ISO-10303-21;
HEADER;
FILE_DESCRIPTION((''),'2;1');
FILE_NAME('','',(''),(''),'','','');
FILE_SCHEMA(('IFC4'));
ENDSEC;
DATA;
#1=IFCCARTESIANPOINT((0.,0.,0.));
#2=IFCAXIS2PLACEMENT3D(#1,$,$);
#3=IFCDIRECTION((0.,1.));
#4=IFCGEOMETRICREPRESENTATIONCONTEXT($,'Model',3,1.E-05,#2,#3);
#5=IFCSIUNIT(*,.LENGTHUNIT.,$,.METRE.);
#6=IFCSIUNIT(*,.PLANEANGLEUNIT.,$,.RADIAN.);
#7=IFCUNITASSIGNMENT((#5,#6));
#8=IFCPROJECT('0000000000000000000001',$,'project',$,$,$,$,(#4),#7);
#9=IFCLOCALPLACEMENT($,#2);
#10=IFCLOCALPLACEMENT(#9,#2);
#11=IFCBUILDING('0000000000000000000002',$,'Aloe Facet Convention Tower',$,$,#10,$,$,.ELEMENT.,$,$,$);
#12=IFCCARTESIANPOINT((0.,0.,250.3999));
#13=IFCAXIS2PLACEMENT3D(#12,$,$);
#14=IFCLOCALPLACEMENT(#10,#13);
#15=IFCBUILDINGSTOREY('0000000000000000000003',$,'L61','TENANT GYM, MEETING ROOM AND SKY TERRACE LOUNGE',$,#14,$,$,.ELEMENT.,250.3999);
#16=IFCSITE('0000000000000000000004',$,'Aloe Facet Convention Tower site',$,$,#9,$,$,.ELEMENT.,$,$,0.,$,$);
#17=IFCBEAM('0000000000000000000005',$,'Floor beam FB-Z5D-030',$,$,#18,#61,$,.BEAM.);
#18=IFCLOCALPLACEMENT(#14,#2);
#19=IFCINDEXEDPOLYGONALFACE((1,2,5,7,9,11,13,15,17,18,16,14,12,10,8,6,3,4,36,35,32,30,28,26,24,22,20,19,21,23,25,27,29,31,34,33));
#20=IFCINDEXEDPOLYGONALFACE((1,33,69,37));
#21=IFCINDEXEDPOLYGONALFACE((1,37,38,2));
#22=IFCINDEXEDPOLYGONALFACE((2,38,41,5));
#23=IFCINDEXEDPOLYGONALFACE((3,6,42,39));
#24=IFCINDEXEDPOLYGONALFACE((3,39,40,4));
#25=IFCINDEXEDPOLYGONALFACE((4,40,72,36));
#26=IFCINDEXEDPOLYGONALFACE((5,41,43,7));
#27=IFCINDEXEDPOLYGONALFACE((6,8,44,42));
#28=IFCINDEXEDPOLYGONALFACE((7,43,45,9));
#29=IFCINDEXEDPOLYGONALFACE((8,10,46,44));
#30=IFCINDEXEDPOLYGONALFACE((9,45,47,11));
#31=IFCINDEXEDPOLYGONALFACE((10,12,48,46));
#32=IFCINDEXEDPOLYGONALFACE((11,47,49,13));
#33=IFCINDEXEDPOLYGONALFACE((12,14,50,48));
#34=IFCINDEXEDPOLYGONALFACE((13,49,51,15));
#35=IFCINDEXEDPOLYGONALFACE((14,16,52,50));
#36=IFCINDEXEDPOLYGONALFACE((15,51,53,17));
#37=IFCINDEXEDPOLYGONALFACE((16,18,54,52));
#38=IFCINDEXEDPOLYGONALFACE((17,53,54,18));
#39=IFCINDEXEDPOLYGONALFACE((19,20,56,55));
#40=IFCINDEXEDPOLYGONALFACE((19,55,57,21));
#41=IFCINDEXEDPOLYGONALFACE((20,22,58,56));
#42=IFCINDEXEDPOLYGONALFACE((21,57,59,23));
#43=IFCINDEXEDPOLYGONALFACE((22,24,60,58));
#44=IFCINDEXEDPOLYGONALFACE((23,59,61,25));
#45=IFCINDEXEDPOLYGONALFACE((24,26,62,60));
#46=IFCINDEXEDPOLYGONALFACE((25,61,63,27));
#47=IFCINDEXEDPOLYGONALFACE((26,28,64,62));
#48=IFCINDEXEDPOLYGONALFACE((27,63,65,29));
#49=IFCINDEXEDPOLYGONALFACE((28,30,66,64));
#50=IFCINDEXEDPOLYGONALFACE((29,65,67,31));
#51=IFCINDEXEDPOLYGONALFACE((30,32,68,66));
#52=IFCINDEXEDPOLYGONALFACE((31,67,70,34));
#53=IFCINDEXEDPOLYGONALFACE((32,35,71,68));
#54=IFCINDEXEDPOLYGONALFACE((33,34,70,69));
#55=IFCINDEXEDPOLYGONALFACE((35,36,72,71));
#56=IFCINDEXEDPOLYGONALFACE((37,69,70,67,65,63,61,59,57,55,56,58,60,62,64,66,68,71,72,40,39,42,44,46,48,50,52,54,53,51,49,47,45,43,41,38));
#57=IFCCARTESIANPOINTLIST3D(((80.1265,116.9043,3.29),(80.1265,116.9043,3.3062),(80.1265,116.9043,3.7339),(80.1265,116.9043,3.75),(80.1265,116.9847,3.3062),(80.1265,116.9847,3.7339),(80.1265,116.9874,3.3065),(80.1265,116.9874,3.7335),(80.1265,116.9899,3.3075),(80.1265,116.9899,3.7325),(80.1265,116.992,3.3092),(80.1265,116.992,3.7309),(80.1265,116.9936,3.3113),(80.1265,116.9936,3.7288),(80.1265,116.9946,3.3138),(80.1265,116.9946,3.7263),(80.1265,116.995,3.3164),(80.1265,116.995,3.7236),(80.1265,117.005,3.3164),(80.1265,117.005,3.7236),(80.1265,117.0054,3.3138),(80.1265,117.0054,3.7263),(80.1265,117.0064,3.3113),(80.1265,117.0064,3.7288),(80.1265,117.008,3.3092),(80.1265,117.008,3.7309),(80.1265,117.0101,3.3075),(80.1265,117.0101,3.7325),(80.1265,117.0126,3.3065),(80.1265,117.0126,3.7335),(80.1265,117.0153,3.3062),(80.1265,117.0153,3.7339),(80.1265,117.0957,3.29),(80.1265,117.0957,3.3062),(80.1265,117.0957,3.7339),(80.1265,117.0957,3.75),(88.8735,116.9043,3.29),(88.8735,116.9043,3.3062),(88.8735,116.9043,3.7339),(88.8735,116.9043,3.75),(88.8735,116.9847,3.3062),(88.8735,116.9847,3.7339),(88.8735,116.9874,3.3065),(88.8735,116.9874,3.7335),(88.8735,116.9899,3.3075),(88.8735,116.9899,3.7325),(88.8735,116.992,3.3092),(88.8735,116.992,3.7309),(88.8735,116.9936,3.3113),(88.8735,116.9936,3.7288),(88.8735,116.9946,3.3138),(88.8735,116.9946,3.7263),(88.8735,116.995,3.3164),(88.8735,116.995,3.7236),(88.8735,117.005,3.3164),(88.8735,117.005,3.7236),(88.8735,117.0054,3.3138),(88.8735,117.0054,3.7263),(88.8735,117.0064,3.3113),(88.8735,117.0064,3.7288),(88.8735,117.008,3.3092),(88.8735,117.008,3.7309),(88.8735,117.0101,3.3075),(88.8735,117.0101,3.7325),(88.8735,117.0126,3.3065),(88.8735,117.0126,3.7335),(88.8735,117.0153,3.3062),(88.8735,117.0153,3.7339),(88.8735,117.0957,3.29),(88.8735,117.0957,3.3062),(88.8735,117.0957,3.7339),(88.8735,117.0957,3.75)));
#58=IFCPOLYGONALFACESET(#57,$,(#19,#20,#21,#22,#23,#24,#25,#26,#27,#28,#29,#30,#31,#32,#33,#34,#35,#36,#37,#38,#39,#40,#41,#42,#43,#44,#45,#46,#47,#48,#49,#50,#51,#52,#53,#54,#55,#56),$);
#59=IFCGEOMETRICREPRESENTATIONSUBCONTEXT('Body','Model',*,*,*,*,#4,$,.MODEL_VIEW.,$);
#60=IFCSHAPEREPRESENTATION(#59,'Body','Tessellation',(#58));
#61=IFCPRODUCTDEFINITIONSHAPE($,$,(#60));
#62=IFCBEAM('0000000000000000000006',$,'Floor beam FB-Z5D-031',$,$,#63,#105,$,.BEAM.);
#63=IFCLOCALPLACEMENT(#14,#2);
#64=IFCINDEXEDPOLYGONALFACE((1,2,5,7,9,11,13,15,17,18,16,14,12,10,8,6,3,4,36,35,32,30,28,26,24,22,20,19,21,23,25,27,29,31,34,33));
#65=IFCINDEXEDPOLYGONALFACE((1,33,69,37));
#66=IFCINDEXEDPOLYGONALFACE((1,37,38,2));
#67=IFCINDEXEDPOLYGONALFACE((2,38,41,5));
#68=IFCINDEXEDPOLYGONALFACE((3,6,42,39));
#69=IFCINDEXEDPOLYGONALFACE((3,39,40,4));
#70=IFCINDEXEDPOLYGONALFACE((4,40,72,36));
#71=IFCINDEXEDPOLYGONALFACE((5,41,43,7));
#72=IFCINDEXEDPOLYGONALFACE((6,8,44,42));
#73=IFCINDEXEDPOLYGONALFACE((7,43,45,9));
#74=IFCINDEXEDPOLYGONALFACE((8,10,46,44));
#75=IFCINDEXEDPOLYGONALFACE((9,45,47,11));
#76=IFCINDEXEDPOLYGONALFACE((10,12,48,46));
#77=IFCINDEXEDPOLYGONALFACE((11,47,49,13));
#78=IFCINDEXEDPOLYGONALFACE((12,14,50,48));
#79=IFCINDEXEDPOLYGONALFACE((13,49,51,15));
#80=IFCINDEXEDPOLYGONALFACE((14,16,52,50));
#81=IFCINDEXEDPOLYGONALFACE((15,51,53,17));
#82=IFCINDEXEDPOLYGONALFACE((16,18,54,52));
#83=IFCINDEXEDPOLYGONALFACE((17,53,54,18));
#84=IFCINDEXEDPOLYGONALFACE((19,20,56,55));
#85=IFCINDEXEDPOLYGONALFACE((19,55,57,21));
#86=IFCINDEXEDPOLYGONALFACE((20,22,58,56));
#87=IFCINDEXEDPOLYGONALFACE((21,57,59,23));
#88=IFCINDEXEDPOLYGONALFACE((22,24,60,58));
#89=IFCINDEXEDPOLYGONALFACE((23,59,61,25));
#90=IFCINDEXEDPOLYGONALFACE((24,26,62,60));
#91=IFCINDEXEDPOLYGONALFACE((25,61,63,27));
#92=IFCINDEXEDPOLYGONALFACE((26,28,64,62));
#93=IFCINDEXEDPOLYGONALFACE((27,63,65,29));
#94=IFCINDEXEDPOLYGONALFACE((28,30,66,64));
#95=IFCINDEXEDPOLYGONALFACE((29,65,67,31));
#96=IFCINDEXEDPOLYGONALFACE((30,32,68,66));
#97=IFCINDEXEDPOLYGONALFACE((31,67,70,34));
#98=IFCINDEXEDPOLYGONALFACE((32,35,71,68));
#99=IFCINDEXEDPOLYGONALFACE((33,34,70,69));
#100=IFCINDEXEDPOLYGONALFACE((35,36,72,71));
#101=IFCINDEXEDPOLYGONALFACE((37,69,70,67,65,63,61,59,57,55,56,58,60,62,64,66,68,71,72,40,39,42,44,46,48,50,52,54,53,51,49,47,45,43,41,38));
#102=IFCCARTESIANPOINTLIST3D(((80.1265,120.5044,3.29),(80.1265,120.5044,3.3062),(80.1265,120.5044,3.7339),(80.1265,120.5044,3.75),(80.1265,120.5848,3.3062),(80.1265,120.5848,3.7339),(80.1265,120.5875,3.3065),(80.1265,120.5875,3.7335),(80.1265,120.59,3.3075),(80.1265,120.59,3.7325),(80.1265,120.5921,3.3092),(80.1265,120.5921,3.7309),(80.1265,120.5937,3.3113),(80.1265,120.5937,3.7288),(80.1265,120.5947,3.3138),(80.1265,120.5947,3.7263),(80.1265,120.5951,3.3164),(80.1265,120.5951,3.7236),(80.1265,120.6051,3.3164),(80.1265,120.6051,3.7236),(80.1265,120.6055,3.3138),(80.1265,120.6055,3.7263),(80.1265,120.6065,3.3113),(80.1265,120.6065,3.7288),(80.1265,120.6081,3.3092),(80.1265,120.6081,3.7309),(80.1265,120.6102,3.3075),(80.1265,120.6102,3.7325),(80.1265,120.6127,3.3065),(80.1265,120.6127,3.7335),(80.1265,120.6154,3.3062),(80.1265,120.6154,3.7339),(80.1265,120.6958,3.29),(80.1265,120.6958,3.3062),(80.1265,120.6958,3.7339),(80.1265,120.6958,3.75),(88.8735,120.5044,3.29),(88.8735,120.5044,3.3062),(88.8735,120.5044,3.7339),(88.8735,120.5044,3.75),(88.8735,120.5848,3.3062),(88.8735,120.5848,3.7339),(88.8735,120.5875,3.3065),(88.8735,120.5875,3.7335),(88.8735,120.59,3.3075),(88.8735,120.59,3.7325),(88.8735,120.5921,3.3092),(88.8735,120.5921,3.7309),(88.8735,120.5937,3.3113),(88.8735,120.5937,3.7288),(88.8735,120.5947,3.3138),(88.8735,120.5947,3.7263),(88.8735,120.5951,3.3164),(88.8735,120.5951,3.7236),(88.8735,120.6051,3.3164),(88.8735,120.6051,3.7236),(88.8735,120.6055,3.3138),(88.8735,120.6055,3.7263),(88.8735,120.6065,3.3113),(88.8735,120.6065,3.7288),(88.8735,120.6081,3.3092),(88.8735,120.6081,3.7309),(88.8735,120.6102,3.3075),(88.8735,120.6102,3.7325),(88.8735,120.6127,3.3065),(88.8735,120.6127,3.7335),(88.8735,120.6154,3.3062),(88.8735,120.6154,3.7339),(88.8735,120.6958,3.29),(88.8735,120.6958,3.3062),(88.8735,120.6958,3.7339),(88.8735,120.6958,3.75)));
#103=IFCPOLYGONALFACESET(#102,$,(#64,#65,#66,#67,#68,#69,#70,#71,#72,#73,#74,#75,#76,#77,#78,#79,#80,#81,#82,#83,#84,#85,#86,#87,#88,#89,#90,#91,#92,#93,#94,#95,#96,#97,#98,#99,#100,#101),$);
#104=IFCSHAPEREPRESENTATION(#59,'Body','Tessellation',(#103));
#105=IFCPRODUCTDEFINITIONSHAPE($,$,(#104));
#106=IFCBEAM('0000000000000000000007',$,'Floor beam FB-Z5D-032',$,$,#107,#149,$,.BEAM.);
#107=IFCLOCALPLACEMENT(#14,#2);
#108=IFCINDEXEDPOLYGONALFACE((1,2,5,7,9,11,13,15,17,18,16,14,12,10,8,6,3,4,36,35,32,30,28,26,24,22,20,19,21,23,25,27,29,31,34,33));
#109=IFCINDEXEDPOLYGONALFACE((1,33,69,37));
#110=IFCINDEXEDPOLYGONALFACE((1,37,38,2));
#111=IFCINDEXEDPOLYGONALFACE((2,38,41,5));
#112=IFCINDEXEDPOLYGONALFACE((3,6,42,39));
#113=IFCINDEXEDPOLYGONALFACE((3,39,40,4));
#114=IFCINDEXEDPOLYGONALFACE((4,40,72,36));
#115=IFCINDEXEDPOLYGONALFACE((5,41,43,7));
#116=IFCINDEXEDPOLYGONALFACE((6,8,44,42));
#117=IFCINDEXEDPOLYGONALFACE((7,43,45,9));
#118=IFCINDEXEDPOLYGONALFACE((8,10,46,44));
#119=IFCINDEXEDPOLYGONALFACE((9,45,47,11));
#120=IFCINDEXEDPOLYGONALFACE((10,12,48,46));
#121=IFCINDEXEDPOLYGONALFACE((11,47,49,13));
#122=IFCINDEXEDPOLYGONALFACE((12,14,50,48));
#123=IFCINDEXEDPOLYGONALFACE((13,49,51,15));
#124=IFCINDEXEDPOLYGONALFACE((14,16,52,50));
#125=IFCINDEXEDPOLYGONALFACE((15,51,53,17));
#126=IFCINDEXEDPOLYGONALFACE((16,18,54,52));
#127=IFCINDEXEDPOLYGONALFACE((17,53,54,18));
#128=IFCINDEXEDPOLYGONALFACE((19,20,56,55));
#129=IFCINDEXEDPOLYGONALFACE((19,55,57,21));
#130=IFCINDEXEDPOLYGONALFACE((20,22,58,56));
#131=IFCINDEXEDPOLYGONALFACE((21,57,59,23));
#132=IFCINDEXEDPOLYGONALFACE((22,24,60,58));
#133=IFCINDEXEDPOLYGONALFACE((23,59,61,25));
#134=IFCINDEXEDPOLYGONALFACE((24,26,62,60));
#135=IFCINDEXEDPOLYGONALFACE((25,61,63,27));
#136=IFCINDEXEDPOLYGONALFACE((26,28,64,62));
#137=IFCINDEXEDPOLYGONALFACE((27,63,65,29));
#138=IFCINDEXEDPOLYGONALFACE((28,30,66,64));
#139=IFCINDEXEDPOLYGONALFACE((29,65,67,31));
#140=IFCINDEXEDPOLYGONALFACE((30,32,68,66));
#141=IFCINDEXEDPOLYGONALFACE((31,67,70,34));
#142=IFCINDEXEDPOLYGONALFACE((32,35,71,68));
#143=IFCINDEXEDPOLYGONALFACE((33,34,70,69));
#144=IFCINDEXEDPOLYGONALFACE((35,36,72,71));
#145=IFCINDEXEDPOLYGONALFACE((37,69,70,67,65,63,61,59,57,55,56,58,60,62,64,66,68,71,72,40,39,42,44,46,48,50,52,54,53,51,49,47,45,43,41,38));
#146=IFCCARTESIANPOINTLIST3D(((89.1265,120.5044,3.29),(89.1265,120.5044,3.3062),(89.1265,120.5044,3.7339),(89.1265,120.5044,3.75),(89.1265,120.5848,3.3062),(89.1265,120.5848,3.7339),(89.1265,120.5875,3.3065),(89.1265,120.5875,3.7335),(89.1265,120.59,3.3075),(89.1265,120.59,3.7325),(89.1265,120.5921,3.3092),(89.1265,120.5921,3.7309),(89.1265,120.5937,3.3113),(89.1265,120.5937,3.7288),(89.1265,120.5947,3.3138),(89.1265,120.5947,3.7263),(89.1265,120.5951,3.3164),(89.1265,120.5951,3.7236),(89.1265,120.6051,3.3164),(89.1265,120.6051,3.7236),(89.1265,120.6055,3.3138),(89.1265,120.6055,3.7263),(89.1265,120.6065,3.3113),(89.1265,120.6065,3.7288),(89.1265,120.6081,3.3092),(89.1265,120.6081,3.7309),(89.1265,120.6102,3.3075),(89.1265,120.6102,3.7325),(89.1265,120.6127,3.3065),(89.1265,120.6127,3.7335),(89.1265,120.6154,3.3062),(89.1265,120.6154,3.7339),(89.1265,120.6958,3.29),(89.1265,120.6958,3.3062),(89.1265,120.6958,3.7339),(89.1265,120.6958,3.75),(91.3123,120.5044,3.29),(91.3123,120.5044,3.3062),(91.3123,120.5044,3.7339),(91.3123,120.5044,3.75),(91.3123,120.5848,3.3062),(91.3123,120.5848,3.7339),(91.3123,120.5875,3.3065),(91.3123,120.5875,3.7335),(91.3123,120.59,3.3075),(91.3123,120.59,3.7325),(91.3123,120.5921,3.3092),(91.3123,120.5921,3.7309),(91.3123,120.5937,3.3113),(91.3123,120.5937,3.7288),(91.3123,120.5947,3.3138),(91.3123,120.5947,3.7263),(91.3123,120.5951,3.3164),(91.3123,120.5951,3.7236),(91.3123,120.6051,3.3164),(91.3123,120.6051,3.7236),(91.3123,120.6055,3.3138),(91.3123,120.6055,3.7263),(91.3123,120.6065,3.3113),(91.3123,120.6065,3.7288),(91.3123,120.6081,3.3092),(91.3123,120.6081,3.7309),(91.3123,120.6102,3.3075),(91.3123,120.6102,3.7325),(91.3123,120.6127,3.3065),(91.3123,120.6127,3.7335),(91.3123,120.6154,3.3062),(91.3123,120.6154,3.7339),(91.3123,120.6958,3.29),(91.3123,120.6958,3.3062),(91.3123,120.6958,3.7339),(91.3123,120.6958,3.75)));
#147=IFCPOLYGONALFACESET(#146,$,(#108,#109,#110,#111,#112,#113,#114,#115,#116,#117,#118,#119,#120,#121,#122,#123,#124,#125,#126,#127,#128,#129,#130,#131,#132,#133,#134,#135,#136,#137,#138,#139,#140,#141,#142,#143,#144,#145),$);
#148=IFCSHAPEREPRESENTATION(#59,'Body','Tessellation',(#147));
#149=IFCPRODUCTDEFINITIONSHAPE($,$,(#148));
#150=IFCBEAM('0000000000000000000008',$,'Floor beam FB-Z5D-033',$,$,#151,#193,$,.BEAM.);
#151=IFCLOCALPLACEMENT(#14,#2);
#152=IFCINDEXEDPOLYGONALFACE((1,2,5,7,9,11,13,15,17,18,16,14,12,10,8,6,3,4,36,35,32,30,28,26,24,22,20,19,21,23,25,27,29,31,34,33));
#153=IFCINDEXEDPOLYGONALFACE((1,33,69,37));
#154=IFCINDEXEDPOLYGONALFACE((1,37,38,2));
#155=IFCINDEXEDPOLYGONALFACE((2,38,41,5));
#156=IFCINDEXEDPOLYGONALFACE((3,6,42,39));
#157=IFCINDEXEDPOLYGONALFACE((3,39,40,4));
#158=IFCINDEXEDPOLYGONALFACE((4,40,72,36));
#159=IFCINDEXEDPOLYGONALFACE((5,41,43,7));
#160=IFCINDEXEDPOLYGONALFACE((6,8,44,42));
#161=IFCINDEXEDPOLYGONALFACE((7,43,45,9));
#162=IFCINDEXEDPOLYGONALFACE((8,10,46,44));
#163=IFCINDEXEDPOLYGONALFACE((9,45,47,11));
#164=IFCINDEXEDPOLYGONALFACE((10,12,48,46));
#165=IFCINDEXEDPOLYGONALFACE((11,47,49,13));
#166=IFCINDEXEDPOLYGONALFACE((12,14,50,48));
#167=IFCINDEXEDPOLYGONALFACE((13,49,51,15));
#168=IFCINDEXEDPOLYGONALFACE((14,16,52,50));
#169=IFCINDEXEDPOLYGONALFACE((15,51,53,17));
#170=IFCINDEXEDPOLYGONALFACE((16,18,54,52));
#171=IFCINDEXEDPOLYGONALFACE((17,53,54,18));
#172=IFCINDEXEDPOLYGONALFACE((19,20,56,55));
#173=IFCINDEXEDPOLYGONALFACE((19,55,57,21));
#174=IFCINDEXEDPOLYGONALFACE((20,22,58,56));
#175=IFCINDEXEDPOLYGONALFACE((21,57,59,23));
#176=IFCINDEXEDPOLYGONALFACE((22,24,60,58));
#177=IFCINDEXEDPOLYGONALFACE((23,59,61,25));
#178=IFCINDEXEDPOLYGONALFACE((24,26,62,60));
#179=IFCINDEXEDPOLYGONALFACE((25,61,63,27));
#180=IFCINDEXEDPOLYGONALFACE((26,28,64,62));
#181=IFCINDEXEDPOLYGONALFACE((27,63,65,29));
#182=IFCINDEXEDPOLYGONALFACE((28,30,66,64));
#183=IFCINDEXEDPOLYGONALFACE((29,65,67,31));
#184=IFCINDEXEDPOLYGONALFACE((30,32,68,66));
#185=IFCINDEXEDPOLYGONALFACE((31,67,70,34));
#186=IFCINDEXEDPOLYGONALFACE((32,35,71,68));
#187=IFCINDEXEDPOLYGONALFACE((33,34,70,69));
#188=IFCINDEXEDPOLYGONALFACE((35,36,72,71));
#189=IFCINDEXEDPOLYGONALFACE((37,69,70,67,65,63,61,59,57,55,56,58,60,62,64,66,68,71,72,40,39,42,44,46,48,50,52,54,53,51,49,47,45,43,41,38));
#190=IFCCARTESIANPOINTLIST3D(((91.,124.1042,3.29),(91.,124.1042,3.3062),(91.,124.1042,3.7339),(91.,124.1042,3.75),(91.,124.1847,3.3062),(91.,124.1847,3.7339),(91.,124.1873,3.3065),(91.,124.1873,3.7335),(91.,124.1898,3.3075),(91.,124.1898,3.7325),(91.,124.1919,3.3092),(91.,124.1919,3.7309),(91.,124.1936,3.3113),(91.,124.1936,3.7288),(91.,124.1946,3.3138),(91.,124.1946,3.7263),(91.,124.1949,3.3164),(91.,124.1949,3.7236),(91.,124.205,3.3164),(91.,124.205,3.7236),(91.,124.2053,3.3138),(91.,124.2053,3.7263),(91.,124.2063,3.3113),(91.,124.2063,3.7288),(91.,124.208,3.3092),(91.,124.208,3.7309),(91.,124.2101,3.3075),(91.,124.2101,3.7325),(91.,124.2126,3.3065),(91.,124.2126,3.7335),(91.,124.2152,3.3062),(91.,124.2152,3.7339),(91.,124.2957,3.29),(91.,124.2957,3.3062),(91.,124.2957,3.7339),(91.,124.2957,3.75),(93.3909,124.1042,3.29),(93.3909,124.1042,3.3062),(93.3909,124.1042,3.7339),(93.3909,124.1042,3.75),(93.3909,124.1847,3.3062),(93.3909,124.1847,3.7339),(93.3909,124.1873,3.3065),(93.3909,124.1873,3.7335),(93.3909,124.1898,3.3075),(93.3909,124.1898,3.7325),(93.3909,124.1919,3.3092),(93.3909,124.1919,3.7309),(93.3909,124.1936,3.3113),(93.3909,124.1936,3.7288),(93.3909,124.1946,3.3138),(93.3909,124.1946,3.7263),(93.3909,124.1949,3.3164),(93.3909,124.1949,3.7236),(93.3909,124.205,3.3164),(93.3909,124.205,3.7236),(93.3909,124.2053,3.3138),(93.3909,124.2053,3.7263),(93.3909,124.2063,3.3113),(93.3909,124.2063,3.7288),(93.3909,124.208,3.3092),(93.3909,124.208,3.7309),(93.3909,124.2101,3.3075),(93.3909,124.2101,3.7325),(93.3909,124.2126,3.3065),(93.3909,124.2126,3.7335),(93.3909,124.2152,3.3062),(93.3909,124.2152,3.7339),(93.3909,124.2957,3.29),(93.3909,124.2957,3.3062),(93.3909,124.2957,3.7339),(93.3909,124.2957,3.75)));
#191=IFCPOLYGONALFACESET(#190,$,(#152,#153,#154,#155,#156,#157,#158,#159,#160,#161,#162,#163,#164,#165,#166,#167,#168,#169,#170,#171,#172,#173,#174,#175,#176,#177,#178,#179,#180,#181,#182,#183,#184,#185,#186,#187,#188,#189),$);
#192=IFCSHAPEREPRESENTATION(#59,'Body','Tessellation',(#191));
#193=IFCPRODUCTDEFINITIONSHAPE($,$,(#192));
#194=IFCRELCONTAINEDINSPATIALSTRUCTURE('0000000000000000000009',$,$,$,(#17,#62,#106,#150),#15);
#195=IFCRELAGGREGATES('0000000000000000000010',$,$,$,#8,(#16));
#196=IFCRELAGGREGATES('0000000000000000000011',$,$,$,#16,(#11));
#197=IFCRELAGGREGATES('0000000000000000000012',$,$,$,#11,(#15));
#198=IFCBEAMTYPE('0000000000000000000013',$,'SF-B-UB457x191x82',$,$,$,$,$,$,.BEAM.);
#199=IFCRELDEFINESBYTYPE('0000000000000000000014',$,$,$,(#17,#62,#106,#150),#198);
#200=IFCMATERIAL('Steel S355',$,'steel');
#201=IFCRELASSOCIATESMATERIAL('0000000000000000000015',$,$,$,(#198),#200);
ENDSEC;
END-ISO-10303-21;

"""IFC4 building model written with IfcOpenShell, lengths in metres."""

from ifc_helpers import new_model, si_unit, direction, frame, origin, origin_2d, place, context, subcontext, project, spatial, i_section, extrude, material, material_profile, profile_set, type_object, element, save


model = new_model("IFC4")

# Units and contexts
model_context = context("Model", 3, precision=1e-05, world=origin(), true_north=direction((0.0, 1.0)))
body_context = subcontext(model_context, "Body", "Model", "MODEL_VIEW")
ifc_project = project(units=[si_unit("LENGTHUNIT", "METRE"), si_unit("PLANEANGLEUNIT", "RADIAN")], contexts=[model_context])

# Site, building, storey
site_placement = place(None, origin())
site = spatial("IfcSite", under=ifc_project, at=site_placement, Name="Aloe Facet Convention Tower site", CompositionType="ELEMENT", RefElevation=0.0)
building_placement = place(site_placement, origin())
building = spatial("IfcBuilding", under=site, at=building_placement, Name="Aloe Facet Convention Tower", CompositionType="ELEMENT")
storey_placement = place(building_placement, frame((0.0, 0.0, 250.3999)))
storey = spatial("IfcBuildingStorey", under=building, at=storey_placement, Name="L61", Description="TENANT GYM, MEETING ROOM AND SKY TERRACE LOUNGE", CompositionType="ELEMENT", Elevation=250.3999)

# Beams
ifc_material_1 = material(Name="Steel S355", Category="steel")
ifc_material_profile_1 = material_profile(ifc_material_1, i_section(OverallWidth=0.1914, OverallDepth=0.46, WebThickness=0.01, FlangeThickness=0.0161, FilletRadius=0.0103, at=origin_2d()), Name="UB 457x191x82")
ifc_profile_set_1 = profile_set([ifc_material_profile_1], Name="Steel S355")
beam_type_1 = type_object("IfcBeamType", Name="SF-B-UB457x191x82", PredefinedType="BEAM", material=ifc_profile_set_1)
for number, where, z_axis, x_axis, name in (
    (1, (80.1265, 117.0, 3.52), (1.0, 0.0, 0.0), (0.0, 1.0, 0.0), "Floor beam FB-Z5D-030"),
    (2, (80.1265, 120.6001, 3.52), (1.0, 0.0, 0.0), (0.0, 1.0, 0.0), "Floor beam FB-Z5D-031"),
):
    element("IfcBeam", number, at=place(storey_placement, frame(where, z_axis=z_axis, x_axis=x_axis)), inside=storey, type_object=beam_type_1, Name=name, PredefinedType="BEAM", context=body_context, shape_type="SweptSolid", body=[
        extrude(i_section(OverallWidth=0.1914, OverallDepth=0.46, WebThickness=0.01, FlangeThickness=0.0161, FilletRadius=0.0103, at=origin_2d()), origin(), (0.0, 0.0, 1.0), 8.7471),
    ])
beam_1_placement = place(storey_placement, frame((89.1265, 120.6001, 3.52), z_axis=(1.0, 0.0, 0.0), x_axis=(0.0, 1.0, 0.0)))
element("IfcBeam", 3, at=beam_1_placement, inside=storey, type_object=beam_type_1, Name="Floor beam FB-Z5D-032", PredefinedType="BEAM", context=body_context, shape_type="SweptSolid", body=[
    extrude(i_section(OverallWidth=0.1914, OverallDepth=0.46, WebThickness=0.01, FlangeThickness=0.0161, FilletRadius=0.0103, at=origin_2d()), origin(), (0.0, 0.0, 1.0), 2.1858),
])
beam_2_placement = place(storey_placement, frame((91.0, 124.2, 3.52), z_axis=(1.0, 0.0, 0.0), x_axis=(0.0, 1.0, 0.0)))
element("IfcBeam", 4, at=beam_2_placement, inside=storey, type_object=beam_type_1, Name="Floor beam FB-Z5D-033", PredefinedType="BEAM", context=body_context, shape_type="SweptSolid", body=[
    extrude(i_section(OverallWidth=0.1914, OverallDepth=0.46, WebThickness=0.01, FlangeThickness=0.0161, FilletRadius=0.0103, at=origin_2d()), origin(), (0.0, 0.0, 1.0), 2.3909),
])

save(model, "model.ifc")
